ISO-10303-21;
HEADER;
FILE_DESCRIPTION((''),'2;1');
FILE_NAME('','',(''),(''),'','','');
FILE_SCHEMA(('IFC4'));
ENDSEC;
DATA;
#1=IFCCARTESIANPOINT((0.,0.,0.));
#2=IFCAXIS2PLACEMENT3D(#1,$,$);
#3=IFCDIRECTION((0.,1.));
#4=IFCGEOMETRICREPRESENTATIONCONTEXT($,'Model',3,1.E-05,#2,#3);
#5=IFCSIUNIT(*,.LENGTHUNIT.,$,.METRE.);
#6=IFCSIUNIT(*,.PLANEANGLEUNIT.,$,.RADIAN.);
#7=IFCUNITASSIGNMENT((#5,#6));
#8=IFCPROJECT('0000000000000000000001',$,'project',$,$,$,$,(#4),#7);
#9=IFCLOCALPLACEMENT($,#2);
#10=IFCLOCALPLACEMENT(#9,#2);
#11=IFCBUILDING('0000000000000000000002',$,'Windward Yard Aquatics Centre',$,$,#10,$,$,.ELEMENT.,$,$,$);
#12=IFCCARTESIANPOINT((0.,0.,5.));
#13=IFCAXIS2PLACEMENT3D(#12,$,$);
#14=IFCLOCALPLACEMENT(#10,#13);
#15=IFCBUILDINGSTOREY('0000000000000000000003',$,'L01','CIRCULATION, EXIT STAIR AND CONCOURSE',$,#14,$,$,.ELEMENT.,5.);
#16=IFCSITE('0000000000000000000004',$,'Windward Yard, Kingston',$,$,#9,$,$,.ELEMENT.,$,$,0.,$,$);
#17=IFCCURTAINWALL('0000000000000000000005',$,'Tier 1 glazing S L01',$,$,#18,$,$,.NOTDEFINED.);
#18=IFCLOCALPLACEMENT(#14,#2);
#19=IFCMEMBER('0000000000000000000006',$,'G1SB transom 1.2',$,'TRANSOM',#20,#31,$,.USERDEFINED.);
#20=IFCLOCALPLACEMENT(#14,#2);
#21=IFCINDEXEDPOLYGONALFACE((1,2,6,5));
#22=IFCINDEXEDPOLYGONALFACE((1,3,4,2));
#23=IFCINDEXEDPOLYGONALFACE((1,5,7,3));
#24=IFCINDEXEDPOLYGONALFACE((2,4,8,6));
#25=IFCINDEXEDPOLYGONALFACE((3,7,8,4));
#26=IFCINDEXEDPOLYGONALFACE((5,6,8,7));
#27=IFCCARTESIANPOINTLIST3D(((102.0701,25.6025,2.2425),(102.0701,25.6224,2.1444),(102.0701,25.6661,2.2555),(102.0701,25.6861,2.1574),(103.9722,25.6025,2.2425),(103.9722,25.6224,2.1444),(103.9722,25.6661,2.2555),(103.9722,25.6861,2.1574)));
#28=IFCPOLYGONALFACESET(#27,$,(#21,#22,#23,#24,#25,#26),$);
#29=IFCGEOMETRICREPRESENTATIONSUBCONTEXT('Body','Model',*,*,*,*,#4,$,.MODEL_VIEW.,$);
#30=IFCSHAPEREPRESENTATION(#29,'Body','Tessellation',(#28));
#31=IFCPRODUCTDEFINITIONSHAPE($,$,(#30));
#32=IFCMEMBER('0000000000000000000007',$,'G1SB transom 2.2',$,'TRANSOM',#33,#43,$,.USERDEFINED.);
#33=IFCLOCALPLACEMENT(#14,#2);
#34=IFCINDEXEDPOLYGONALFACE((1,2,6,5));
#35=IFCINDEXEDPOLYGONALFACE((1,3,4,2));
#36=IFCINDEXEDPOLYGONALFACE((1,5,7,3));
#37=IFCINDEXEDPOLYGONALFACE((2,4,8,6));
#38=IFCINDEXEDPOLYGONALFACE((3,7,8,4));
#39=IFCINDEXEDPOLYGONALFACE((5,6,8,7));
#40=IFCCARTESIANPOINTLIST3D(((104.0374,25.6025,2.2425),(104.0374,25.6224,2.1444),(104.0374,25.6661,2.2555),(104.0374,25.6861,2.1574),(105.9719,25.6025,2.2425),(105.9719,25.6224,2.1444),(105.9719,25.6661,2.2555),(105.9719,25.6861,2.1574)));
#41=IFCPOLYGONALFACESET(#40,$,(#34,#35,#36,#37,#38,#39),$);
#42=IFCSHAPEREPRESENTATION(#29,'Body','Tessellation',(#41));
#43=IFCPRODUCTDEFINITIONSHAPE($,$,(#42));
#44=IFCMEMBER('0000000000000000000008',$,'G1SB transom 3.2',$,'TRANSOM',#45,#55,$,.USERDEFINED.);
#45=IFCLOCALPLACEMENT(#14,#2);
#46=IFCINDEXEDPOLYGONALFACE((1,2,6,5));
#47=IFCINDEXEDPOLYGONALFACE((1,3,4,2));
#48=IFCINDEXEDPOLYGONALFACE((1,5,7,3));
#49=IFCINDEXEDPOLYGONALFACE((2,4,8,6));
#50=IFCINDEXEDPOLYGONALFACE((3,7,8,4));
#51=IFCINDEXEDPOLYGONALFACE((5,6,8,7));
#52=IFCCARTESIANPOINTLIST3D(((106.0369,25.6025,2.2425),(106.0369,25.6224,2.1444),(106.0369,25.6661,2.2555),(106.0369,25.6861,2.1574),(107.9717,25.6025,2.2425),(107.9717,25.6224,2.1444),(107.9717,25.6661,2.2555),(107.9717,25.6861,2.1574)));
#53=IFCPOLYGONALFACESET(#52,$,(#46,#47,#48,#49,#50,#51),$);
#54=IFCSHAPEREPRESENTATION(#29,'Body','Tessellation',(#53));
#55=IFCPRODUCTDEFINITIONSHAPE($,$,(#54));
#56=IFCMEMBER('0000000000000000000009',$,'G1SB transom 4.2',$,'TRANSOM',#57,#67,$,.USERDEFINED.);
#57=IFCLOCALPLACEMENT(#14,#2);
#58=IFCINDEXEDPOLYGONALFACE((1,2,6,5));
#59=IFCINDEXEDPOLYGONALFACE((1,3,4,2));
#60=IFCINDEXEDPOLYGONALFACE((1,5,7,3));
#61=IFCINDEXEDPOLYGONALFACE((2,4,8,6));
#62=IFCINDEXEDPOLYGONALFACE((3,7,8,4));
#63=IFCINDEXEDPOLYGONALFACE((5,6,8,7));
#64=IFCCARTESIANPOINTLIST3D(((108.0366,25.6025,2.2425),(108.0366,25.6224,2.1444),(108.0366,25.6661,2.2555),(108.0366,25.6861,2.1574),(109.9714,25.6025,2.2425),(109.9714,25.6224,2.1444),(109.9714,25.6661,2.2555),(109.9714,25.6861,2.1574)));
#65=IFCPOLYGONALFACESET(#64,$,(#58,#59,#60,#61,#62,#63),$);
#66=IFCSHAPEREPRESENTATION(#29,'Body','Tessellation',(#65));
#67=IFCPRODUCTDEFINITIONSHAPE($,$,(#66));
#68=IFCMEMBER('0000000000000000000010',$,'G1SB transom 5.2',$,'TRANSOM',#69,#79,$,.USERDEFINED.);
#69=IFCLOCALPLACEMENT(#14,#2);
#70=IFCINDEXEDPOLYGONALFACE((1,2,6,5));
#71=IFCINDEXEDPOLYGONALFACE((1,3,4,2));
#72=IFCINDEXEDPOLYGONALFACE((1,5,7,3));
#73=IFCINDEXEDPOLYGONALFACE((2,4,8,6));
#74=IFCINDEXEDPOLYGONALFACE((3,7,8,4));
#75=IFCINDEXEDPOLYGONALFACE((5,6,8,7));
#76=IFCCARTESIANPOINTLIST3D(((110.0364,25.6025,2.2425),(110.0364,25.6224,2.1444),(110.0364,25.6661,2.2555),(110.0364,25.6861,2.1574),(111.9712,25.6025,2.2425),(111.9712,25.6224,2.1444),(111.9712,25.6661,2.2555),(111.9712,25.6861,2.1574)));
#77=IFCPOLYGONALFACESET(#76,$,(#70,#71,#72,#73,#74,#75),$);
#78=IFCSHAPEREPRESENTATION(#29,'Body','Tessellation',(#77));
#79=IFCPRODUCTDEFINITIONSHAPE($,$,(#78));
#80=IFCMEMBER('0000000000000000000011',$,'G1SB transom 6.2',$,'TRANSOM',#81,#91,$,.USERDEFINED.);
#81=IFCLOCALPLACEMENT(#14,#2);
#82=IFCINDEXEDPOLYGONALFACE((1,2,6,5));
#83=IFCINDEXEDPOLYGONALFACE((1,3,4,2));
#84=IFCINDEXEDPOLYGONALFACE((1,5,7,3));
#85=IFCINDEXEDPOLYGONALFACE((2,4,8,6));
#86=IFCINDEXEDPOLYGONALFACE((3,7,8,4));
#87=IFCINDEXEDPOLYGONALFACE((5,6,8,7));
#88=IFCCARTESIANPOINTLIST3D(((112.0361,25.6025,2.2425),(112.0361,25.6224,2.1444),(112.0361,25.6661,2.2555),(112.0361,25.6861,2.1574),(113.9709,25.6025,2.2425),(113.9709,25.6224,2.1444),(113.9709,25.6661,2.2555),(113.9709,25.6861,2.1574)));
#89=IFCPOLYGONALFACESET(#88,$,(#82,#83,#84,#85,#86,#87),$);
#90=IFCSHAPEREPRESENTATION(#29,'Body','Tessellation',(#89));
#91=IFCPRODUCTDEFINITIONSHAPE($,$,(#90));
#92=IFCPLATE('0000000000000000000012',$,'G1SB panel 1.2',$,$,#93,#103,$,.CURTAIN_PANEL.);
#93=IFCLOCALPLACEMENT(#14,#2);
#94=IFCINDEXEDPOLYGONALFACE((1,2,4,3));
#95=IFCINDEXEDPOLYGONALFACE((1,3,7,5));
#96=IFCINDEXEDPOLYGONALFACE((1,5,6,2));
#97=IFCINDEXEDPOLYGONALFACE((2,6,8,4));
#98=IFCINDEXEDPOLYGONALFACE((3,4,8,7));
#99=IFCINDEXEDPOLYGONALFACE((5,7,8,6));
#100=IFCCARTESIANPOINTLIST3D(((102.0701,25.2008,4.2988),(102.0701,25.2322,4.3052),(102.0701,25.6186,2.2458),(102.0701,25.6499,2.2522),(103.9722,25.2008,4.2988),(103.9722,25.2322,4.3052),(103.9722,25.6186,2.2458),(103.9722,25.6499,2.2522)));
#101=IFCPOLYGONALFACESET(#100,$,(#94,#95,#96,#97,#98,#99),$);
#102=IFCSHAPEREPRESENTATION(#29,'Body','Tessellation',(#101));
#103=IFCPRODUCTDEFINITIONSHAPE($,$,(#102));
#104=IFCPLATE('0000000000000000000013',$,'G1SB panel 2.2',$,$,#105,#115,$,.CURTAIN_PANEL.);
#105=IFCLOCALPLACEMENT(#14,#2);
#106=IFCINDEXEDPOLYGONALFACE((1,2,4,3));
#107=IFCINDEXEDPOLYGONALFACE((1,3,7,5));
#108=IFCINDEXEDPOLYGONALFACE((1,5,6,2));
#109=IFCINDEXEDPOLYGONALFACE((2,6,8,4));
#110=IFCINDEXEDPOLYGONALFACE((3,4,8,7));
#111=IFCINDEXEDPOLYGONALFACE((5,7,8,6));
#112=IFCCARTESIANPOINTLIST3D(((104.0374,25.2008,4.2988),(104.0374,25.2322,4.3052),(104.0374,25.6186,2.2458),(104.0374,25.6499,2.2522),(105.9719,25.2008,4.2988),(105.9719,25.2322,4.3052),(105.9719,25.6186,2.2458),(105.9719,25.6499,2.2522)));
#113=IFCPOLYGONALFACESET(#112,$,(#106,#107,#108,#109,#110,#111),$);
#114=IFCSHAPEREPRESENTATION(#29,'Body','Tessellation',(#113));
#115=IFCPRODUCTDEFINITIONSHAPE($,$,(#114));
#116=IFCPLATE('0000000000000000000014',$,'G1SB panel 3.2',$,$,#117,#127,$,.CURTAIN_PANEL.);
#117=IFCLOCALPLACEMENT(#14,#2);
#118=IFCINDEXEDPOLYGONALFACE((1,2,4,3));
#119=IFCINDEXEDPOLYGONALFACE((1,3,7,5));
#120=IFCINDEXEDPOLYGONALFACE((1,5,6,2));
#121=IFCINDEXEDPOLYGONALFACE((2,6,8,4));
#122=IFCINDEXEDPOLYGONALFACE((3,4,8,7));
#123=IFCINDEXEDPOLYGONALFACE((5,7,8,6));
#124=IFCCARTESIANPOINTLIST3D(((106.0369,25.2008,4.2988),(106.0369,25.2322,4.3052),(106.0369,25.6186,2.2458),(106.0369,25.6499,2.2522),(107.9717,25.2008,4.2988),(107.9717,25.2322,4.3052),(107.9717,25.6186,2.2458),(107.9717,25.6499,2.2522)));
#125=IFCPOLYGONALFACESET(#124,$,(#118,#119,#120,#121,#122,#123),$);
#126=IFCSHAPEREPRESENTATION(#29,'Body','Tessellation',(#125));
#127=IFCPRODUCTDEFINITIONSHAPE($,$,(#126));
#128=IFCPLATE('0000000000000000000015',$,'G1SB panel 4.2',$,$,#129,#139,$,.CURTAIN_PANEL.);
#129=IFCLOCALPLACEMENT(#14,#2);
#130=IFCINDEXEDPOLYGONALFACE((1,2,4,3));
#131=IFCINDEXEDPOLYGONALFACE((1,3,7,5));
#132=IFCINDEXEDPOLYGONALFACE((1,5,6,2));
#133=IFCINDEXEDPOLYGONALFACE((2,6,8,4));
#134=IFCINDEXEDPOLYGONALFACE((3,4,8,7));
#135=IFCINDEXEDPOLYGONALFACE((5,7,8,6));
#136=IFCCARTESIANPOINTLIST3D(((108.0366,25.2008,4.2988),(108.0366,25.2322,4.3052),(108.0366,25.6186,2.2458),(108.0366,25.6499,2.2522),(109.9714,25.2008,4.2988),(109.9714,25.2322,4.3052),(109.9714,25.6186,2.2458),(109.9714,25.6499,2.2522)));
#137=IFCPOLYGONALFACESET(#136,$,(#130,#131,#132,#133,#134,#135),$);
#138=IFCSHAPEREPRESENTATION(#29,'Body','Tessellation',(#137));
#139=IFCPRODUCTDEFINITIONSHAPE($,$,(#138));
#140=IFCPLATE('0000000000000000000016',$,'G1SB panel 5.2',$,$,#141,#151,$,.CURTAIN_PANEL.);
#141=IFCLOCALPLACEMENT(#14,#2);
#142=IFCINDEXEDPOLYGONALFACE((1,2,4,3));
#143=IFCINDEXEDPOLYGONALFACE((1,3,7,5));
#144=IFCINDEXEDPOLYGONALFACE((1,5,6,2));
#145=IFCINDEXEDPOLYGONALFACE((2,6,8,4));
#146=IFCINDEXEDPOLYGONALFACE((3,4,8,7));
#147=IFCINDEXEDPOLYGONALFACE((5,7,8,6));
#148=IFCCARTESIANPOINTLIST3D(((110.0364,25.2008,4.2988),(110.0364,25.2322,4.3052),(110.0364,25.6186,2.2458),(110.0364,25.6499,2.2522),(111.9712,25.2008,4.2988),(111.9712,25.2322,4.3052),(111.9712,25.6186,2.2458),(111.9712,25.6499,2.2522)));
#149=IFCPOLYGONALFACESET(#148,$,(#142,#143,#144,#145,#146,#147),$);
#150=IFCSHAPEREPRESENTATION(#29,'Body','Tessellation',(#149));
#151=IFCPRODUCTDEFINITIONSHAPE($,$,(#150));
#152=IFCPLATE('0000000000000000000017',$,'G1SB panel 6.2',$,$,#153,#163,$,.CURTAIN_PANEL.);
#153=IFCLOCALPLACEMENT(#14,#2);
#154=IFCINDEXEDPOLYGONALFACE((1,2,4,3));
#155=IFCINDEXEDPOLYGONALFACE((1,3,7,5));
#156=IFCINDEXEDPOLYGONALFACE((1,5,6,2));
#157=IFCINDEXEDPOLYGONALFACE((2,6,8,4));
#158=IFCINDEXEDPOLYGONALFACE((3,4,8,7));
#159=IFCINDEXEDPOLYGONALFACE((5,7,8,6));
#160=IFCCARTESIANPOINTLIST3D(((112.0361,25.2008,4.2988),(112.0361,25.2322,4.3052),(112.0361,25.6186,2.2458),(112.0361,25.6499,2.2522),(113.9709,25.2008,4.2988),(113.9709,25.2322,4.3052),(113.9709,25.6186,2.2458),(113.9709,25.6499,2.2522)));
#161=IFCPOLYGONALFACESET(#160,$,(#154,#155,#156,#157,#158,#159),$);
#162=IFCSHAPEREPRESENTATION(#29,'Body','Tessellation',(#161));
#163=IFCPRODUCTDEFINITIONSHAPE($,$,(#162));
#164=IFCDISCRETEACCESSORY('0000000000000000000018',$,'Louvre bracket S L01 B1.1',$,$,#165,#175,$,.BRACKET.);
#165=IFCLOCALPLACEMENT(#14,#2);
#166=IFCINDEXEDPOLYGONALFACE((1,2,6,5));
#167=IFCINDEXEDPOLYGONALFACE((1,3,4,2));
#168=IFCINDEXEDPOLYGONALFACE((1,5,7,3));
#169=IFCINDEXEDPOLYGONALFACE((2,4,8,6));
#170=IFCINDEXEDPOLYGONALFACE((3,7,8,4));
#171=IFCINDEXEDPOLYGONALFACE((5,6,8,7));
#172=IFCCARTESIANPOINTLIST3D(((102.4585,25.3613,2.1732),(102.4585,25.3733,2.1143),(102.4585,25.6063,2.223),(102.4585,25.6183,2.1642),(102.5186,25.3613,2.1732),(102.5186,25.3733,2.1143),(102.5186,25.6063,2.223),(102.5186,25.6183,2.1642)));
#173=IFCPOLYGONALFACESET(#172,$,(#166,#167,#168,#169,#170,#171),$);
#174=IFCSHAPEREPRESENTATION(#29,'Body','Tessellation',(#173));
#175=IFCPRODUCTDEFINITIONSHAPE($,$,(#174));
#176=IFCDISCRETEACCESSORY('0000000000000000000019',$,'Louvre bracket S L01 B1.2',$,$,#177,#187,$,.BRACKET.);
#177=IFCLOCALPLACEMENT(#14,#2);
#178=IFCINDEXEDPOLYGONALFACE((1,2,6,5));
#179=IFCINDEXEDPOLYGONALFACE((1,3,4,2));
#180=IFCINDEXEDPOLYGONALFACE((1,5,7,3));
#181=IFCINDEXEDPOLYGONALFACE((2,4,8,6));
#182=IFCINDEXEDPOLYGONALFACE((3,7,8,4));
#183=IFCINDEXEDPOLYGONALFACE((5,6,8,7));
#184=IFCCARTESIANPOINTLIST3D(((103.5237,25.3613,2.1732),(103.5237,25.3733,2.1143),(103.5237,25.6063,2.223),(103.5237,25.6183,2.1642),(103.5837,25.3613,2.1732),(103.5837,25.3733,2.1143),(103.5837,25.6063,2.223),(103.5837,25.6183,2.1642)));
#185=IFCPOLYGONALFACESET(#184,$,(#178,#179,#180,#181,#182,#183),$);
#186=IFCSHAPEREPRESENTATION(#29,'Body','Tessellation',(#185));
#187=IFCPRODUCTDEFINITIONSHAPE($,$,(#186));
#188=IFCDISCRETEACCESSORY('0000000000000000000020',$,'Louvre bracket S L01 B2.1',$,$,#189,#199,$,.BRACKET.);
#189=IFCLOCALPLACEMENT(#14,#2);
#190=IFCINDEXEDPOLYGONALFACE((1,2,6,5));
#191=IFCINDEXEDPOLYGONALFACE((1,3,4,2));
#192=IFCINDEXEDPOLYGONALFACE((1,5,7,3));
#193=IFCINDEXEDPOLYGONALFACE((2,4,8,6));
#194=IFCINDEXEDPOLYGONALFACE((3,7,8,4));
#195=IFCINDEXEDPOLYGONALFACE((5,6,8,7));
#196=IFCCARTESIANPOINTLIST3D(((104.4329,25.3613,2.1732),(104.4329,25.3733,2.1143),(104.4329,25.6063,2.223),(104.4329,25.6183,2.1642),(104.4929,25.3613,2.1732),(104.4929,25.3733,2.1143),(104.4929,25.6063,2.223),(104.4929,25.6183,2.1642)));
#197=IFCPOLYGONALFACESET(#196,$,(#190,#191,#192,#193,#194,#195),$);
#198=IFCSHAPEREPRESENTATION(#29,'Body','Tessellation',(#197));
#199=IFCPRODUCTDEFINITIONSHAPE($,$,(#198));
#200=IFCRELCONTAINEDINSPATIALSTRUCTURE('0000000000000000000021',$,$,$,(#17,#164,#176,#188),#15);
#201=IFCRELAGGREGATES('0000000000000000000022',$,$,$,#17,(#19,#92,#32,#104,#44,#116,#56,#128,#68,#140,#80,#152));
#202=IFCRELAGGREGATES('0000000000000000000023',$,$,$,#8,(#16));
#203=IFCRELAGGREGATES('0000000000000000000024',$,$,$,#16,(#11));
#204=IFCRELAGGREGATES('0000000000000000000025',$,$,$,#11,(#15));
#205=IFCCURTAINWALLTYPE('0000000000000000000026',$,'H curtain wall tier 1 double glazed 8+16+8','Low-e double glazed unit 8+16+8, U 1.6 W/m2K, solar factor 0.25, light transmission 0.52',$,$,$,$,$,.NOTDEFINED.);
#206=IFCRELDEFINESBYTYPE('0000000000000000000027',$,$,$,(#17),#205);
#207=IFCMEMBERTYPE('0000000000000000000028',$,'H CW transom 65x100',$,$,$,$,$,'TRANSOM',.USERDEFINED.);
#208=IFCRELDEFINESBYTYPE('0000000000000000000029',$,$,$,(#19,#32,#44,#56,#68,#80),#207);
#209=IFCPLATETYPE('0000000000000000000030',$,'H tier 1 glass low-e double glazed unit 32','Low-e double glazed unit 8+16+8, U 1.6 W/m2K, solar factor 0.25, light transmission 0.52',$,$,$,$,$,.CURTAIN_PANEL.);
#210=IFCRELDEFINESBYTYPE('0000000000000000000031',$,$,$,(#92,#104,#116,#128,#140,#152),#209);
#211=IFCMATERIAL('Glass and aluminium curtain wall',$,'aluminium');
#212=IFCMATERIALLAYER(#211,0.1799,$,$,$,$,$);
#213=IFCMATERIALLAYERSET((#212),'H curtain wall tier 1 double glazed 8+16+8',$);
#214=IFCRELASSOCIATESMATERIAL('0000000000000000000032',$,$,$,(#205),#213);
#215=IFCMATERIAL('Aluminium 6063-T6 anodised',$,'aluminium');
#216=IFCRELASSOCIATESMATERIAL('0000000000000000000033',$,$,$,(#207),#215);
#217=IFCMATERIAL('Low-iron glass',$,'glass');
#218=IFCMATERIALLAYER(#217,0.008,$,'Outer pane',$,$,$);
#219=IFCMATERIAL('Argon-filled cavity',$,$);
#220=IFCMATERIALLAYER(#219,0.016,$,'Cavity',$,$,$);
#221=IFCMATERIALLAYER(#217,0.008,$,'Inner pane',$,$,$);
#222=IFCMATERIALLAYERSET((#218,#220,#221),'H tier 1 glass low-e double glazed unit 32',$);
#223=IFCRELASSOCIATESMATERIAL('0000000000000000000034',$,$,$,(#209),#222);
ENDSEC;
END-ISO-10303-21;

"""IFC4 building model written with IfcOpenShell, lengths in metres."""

from ifc_helpers import new_model, si_unit, direction, frame, origin, origin_2d, place, context, subcontext, project, spatial, polyline, rectangle, outline, extrude, material, layer, layer_set, material_profile, profile_set, type_object, element, aggregate, save


model = new_model("IFC4")

# Units and contexts
model_context = context("Model", 3, precision=1e-05, world=origin(), true_north=direction((0.0, 1.0)))
body_context = subcontext(model_context, "Body", "Model", "MODEL_VIEW")
ifc_project = project(units=[si_unit("LENGTHUNIT", "METRE"), si_unit("PLANEANGLEUNIT", "RADIAN")], contexts=[model_context])

# Site, building, storey
site_placement = place(None, origin())
site = spatial("IfcSite", under=ifc_project, at=site_placement, Name="Windward Yard, Kingston", CompositionType="ELEMENT", RefElevation=0.0)
building_placement = place(site_placement, origin())
building = spatial("IfcBuilding", under=site, at=building_placement, Name="Windward Yard Aquatics Centre", CompositionType="ELEMENT")
storey_placement = place(building_placement, frame((0.0, 0.0, 5.0)))
storey = spatial("IfcBuildingStorey", under=building, at=storey_placement, Name="L01", Description="CIRCULATION, EXIT STAIR AND CONCOURSE", CompositionType="ELEMENT", Elevation=5.0)

# Curtain wall, members, plates
ifc_material_1 = material(Name="Glass and aluminium curtain wall", Category="aluminium")
ifc_layer_1 = layer(ifc_material_1, 0.1799)
ifc_layer_set_1 = layer_set([ifc_layer_1], Name="H curtain wall tier 1 double glazed 8+16+8")
curtain_wall_type = type_object("IfcCurtainWallType", Name="H curtain wall tier 1 double glazed 8+16+8", Description="Low-e double glazed unit 8+16+8, U 1.6 W/m2K, solar factor 0.25, light transmission 0.52", PredefinedType="NOTDEFINED", material=ifc_layer_set_1)
curtain_wall_placement = place(storey_placement, origin())
curtain_wall = element("IfcCurtainWall", 1, at=curtain_wall_placement, inside=storey, type_object=curtain_wall_type, Name="Tier 1 glazing S L01", PredefinedType="NOTDEFINED")
ifc_material_2 = material(Name="Aluminium 6063-T6 anodised", Category="aluminium")
ifc_material_profile = material_profile(ifc_material_2, rectangle(XDim=0.0649, YDim=0.1001, at=origin_2d()), Name="H CW transom 65x100")
ifc_profile_set = profile_set([ifc_material_profile], Name="Aluminium 6063-T6 anodised")
member_type = type_object("IfcMemberType", Name="H CW transom 65x100", ElementType="TRANSOM", PredefinedType="USERDEFINED", material=ifc_profile_set)
member_1_placement = place(storey_placement, frame((102.0701, 25.6443, 2.2), z_axis=(1.0, 0.0, 0.0), x_axis=(0.0, 0.979925, 0.199368)))
member_1 = element("IfcMember", 2, at=member_1_placement, type_object=member_type, Name="G1SB transom 1.2", ObjectType="TRANSOM", PredefinedType="USERDEFINED", context=body_context, shape_type="SweptSolid", body=[
    extrude(rectangle(XDim=0.0649, YDim=0.1001, at=origin_2d()), origin(), (0.0, 0.0, 1.0), 1.9021),
])
member_2_placement = place(storey_placement, frame((104.0374, 25.6443, 2.2), z_axis=(1.0, 0.0, 0.0), x_axis=(0.0, 0.979925, 0.199368)))
member_2 = element("IfcMember", 3, at=member_2_placement, type_object=member_type, Name="G1SB transom 2.2", ObjectType="TRANSOM", PredefinedType="USERDEFINED", context=body_context, shape_type="SweptSolid", body=[
    extrude(rectangle(XDim=0.0649, YDim=0.1001, at=origin_2d()), origin(), (0.0, 0.0, 1.0), 1.9346),
])
member_3_placement = place(storey_placement, frame((106.0369, 25.6443, 2.2), z_axis=(1.0, 0.0, 0.0), x_axis=(0.0, 0.979925, 0.199368)))
member_3 = element("IfcMember", 4, at=member_3_placement, type_object=member_type, Name="G1SB transom 3.2", ObjectType="TRANSOM", PredefinedType="USERDEFINED", context=body_context, shape_type="SweptSolid", body=[
    extrude(rectangle(XDim=0.0649, YDim=0.1001, at=origin_2d()), origin(), (0.0, 0.0, 1.0), 1.9348),
])
member_4_placement = place(storey_placement, frame((108.0366, 25.6443, 2.2), z_axis=(1.0, 0.0, 0.0), x_axis=(0.0, 0.979925, 0.199368)))
member_4 = element("IfcMember", 5, at=member_4_placement, type_object=member_type, Name="G1SB transom 4.2", ObjectType="TRANSOM", PredefinedType="USERDEFINED", context=body_context, shape_type="SweptSolid", body=[
    extrude(rectangle(XDim=0.0649, YDim=0.1001, at=origin_2d()), origin(), (0.0, 0.0, 1.0), 1.9348),
])
member_5_placement = place(storey_placement, frame((110.0364, 25.6443, 2.2), z_axis=(1.0, 0.0, 0.0), x_axis=(0.0, 0.979925, 0.199368)))
member_5 = element("IfcMember", 6, at=member_5_placement, type_object=member_type, Name="G1SB transom 5.2", ObjectType="TRANSOM", PredefinedType="USERDEFINED", context=body_context, shape_type="SweptSolid", body=[
    extrude(rectangle(XDim=0.0649, YDim=0.1001, at=origin_2d()), origin(), (0.0, 0.0, 1.0), 1.9348),
])
member_6_placement = place(storey_placement, frame((112.0361, 25.6443, 2.2), z_axis=(1.0, 0.0, 0.0), x_axis=(0.0, 0.979925, 0.199368)))
member_6 = element("IfcMember", 7, at=member_6_placement, type_object=member_type, Name="G1SB transom 6.2", ObjectType="TRANSOM", PredefinedType="USERDEFINED", context=body_context, shape_type="SweptSolid", body=[
    extrude(rectangle(XDim=0.0649, YDim=0.1001, at=origin_2d()), origin(), (0.0, 0.0, 1.0), 1.9348),
])
ifc_material_3 = material(Name="Low-iron glass", Category="glass")
ifc_layer_2 = layer(ifc_material_3, 0.008, Name="Outer pane")
ifc_material_4 = material(Name="Argon-filled cavity")
ifc_layer_3 = layer(ifc_material_4, 0.016, Name="Cavity")
ifc_layer_4 = layer(ifc_material_3, 0.008, Name="Inner pane")
ifc_layer_set_2 = layer_set([ifc_layer_2, ifc_layer_3, ifc_layer_4], Name="H tier 1 glass low-e double glazed unit 32")
plate_type = type_object("IfcPlateType", Name="H tier 1 glass low-e double glazed unit 32", Description="Low-e double glazed unit 8+16+8, U 1.6 W/m2K, solar factor 0.25, light transmission 0.52", PredefinedType="CURTAIN_PANEL", material=ifc_layer_set_2)
plate_1_placement = place(storey_placement, frame((102.0701, 25.2322, 4.3052), z_axis=(0.0, 0.979921, 0.199387), x_axis=(0.0, 0.199387, -0.979921)))
plate_1 = element("IfcPlate", 8, at=plate_1_placement, type_object=plate_type, Name="G1SB panel 1.2", PredefinedType="CURTAIN_PANEL", context=body_context, shape_type="SweptSolid", body=[
    extrude(outline(polyline([(0.0, 0.0), (2.095, 0.0), (2.095, -1.9021), (0.0, -1.9021), (0.0, 0.0)])), origin(), (0.0, 0.0, -1.0), 0.032),
])
plate_2_placement = place(storey_placement, frame((104.0374, 25.2322, 4.3052), z_axis=(0.0, 0.979921, 0.199387), x_axis=(0.0, 0.199387, -0.979921)))
plate_2 = element("IfcPlate", 9, at=plate_2_placement, type_object=plate_type, Name="G1SB panel 2.2", PredefinedType="CURTAIN_PANEL", context=body_context, shape_type="SweptSolid", body=[
    extrude(outline(polyline([(0.0, 0.0), (2.095, 0.0), (2.095, -1.9346), (0.0, -1.9346), (0.0, 0.0)])), origin(), (0.0, 0.0, -1.0), 0.032),
])
plate_3_placement = place(storey_placement, frame((106.0369, 25.2322, 4.3052), z_axis=(0.0, 0.979921, 0.199387), x_axis=(0.0, 0.199387, -0.979921)))
plate_3 = element("IfcPlate", 10, at=plate_3_placement, type_object=plate_type, Name="G1SB panel 3.2", PredefinedType="CURTAIN_PANEL", context=body_context, shape_type="SweptSolid", body=[
    extrude(outline(polyline([(0.0, 0.0), (2.095, 0.0), (2.095, -1.9348), (0.0, -1.9348), (0.0, 0.0)])), origin(), (0.0, 0.0, -1.0), 0.032),
])
plate_4_placement = place(storey_placement, frame((108.0366, 25.2322, 4.3052), z_axis=(0.0, 0.979921, 0.199387), x_axis=(0.0, 0.199387, -0.979921)))
plate_4 = element("IfcPlate", 11, at=plate_4_placement, type_object=plate_type, Name="G1SB panel 4.2", PredefinedType="CURTAIN_PANEL", context=body_context, shape_type="SweptSolid", body=[
    extrude(outline(polyline([(0.0, 0.0), (2.095, 0.0), (2.095, -1.9348), (0.0, -1.9348), (0.0, 0.0)])), origin(), (0.0, 0.0, -1.0), 0.032),
])
plate_5_placement = place(storey_placement, frame((110.0364, 25.2322, 4.3052), z_axis=(0.0, 0.979921, 0.199387), x_axis=(0.0, 0.199387, -0.979921)))
plate_5 = element("IfcPlate", 12, at=plate_5_placement, type_object=plate_type, Name="G1SB panel 5.2", PredefinedType="CURTAIN_PANEL", context=body_context, shape_type="SweptSolid", body=[
    extrude(outline(polyline([(0.0, 0.0), (2.095, 0.0), (2.095, -1.9348), (0.0, -1.9348), (0.0, 0.0)])), origin(), (0.0, 0.0, -1.0), 0.032),
])
plate_6_placement = place(storey_placement, frame((112.0361, 25.2322, 4.3052), z_axis=(0.0, 0.979921, 0.199387), x_axis=(0.0, 0.199387, -0.979921)))
plate_6 = element("IfcPlate", 13, at=plate_6_placement, type_object=plate_type, Name="G1SB panel 6.2", PredefinedType="CURTAIN_PANEL", context=body_context, shape_type="SweptSolid", body=[
    extrude(outline(polyline([(0.0, 0.0), (2.095, 0.0), (2.095, -1.9348), (0.0, -1.9348), (0.0, 0.0)])), origin(), (0.0, 0.0, -1.0), 0.032),
])
aggregate(curtain_wall, [member_1, plate_1, member_2, plate_2, member_3, plate_3, member_4, plate_4, member_5, plate_5, member_6, plate_6])

# Discrete accessories
for number, where, z_axis, x_axis, name in (
    (14, (102.4885, 25.6123, 2.1936), (0.0, -0.979937, -0.199309), (1.0, 0.0, 0.0), "Louvre bracket S L01 B1.1"),
    (15, (103.5537, 25.6123, 2.1936), (0.0, -0.979937, -0.199309), (1.0, 0.0, 0.0), "Louvre bracket S L01 B1.2"),
    (16, (104.4629, 25.6123, 2.1936), (0.0, -0.979937, -0.199309), (1.0, 0.0, 0.0), "Louvre bracket S L01 B2.1"),
):
    element("IfcDiscreteAccessory", number, at=place(storey_placement, frame(where, z_axis=z_axis, x_axis=x_axis)), inside=storey, Name=name, PredefinedType="BRACKET", context=body_context, shape_type="SweptSolid", body=[
        extrude(rectangle(XDim=0.0601, YDim=0.0601, at=origin_2d()), origin(), (0.0, 0.0, 1.0), 0.25),
    ])

save(model, "model.ifc")
